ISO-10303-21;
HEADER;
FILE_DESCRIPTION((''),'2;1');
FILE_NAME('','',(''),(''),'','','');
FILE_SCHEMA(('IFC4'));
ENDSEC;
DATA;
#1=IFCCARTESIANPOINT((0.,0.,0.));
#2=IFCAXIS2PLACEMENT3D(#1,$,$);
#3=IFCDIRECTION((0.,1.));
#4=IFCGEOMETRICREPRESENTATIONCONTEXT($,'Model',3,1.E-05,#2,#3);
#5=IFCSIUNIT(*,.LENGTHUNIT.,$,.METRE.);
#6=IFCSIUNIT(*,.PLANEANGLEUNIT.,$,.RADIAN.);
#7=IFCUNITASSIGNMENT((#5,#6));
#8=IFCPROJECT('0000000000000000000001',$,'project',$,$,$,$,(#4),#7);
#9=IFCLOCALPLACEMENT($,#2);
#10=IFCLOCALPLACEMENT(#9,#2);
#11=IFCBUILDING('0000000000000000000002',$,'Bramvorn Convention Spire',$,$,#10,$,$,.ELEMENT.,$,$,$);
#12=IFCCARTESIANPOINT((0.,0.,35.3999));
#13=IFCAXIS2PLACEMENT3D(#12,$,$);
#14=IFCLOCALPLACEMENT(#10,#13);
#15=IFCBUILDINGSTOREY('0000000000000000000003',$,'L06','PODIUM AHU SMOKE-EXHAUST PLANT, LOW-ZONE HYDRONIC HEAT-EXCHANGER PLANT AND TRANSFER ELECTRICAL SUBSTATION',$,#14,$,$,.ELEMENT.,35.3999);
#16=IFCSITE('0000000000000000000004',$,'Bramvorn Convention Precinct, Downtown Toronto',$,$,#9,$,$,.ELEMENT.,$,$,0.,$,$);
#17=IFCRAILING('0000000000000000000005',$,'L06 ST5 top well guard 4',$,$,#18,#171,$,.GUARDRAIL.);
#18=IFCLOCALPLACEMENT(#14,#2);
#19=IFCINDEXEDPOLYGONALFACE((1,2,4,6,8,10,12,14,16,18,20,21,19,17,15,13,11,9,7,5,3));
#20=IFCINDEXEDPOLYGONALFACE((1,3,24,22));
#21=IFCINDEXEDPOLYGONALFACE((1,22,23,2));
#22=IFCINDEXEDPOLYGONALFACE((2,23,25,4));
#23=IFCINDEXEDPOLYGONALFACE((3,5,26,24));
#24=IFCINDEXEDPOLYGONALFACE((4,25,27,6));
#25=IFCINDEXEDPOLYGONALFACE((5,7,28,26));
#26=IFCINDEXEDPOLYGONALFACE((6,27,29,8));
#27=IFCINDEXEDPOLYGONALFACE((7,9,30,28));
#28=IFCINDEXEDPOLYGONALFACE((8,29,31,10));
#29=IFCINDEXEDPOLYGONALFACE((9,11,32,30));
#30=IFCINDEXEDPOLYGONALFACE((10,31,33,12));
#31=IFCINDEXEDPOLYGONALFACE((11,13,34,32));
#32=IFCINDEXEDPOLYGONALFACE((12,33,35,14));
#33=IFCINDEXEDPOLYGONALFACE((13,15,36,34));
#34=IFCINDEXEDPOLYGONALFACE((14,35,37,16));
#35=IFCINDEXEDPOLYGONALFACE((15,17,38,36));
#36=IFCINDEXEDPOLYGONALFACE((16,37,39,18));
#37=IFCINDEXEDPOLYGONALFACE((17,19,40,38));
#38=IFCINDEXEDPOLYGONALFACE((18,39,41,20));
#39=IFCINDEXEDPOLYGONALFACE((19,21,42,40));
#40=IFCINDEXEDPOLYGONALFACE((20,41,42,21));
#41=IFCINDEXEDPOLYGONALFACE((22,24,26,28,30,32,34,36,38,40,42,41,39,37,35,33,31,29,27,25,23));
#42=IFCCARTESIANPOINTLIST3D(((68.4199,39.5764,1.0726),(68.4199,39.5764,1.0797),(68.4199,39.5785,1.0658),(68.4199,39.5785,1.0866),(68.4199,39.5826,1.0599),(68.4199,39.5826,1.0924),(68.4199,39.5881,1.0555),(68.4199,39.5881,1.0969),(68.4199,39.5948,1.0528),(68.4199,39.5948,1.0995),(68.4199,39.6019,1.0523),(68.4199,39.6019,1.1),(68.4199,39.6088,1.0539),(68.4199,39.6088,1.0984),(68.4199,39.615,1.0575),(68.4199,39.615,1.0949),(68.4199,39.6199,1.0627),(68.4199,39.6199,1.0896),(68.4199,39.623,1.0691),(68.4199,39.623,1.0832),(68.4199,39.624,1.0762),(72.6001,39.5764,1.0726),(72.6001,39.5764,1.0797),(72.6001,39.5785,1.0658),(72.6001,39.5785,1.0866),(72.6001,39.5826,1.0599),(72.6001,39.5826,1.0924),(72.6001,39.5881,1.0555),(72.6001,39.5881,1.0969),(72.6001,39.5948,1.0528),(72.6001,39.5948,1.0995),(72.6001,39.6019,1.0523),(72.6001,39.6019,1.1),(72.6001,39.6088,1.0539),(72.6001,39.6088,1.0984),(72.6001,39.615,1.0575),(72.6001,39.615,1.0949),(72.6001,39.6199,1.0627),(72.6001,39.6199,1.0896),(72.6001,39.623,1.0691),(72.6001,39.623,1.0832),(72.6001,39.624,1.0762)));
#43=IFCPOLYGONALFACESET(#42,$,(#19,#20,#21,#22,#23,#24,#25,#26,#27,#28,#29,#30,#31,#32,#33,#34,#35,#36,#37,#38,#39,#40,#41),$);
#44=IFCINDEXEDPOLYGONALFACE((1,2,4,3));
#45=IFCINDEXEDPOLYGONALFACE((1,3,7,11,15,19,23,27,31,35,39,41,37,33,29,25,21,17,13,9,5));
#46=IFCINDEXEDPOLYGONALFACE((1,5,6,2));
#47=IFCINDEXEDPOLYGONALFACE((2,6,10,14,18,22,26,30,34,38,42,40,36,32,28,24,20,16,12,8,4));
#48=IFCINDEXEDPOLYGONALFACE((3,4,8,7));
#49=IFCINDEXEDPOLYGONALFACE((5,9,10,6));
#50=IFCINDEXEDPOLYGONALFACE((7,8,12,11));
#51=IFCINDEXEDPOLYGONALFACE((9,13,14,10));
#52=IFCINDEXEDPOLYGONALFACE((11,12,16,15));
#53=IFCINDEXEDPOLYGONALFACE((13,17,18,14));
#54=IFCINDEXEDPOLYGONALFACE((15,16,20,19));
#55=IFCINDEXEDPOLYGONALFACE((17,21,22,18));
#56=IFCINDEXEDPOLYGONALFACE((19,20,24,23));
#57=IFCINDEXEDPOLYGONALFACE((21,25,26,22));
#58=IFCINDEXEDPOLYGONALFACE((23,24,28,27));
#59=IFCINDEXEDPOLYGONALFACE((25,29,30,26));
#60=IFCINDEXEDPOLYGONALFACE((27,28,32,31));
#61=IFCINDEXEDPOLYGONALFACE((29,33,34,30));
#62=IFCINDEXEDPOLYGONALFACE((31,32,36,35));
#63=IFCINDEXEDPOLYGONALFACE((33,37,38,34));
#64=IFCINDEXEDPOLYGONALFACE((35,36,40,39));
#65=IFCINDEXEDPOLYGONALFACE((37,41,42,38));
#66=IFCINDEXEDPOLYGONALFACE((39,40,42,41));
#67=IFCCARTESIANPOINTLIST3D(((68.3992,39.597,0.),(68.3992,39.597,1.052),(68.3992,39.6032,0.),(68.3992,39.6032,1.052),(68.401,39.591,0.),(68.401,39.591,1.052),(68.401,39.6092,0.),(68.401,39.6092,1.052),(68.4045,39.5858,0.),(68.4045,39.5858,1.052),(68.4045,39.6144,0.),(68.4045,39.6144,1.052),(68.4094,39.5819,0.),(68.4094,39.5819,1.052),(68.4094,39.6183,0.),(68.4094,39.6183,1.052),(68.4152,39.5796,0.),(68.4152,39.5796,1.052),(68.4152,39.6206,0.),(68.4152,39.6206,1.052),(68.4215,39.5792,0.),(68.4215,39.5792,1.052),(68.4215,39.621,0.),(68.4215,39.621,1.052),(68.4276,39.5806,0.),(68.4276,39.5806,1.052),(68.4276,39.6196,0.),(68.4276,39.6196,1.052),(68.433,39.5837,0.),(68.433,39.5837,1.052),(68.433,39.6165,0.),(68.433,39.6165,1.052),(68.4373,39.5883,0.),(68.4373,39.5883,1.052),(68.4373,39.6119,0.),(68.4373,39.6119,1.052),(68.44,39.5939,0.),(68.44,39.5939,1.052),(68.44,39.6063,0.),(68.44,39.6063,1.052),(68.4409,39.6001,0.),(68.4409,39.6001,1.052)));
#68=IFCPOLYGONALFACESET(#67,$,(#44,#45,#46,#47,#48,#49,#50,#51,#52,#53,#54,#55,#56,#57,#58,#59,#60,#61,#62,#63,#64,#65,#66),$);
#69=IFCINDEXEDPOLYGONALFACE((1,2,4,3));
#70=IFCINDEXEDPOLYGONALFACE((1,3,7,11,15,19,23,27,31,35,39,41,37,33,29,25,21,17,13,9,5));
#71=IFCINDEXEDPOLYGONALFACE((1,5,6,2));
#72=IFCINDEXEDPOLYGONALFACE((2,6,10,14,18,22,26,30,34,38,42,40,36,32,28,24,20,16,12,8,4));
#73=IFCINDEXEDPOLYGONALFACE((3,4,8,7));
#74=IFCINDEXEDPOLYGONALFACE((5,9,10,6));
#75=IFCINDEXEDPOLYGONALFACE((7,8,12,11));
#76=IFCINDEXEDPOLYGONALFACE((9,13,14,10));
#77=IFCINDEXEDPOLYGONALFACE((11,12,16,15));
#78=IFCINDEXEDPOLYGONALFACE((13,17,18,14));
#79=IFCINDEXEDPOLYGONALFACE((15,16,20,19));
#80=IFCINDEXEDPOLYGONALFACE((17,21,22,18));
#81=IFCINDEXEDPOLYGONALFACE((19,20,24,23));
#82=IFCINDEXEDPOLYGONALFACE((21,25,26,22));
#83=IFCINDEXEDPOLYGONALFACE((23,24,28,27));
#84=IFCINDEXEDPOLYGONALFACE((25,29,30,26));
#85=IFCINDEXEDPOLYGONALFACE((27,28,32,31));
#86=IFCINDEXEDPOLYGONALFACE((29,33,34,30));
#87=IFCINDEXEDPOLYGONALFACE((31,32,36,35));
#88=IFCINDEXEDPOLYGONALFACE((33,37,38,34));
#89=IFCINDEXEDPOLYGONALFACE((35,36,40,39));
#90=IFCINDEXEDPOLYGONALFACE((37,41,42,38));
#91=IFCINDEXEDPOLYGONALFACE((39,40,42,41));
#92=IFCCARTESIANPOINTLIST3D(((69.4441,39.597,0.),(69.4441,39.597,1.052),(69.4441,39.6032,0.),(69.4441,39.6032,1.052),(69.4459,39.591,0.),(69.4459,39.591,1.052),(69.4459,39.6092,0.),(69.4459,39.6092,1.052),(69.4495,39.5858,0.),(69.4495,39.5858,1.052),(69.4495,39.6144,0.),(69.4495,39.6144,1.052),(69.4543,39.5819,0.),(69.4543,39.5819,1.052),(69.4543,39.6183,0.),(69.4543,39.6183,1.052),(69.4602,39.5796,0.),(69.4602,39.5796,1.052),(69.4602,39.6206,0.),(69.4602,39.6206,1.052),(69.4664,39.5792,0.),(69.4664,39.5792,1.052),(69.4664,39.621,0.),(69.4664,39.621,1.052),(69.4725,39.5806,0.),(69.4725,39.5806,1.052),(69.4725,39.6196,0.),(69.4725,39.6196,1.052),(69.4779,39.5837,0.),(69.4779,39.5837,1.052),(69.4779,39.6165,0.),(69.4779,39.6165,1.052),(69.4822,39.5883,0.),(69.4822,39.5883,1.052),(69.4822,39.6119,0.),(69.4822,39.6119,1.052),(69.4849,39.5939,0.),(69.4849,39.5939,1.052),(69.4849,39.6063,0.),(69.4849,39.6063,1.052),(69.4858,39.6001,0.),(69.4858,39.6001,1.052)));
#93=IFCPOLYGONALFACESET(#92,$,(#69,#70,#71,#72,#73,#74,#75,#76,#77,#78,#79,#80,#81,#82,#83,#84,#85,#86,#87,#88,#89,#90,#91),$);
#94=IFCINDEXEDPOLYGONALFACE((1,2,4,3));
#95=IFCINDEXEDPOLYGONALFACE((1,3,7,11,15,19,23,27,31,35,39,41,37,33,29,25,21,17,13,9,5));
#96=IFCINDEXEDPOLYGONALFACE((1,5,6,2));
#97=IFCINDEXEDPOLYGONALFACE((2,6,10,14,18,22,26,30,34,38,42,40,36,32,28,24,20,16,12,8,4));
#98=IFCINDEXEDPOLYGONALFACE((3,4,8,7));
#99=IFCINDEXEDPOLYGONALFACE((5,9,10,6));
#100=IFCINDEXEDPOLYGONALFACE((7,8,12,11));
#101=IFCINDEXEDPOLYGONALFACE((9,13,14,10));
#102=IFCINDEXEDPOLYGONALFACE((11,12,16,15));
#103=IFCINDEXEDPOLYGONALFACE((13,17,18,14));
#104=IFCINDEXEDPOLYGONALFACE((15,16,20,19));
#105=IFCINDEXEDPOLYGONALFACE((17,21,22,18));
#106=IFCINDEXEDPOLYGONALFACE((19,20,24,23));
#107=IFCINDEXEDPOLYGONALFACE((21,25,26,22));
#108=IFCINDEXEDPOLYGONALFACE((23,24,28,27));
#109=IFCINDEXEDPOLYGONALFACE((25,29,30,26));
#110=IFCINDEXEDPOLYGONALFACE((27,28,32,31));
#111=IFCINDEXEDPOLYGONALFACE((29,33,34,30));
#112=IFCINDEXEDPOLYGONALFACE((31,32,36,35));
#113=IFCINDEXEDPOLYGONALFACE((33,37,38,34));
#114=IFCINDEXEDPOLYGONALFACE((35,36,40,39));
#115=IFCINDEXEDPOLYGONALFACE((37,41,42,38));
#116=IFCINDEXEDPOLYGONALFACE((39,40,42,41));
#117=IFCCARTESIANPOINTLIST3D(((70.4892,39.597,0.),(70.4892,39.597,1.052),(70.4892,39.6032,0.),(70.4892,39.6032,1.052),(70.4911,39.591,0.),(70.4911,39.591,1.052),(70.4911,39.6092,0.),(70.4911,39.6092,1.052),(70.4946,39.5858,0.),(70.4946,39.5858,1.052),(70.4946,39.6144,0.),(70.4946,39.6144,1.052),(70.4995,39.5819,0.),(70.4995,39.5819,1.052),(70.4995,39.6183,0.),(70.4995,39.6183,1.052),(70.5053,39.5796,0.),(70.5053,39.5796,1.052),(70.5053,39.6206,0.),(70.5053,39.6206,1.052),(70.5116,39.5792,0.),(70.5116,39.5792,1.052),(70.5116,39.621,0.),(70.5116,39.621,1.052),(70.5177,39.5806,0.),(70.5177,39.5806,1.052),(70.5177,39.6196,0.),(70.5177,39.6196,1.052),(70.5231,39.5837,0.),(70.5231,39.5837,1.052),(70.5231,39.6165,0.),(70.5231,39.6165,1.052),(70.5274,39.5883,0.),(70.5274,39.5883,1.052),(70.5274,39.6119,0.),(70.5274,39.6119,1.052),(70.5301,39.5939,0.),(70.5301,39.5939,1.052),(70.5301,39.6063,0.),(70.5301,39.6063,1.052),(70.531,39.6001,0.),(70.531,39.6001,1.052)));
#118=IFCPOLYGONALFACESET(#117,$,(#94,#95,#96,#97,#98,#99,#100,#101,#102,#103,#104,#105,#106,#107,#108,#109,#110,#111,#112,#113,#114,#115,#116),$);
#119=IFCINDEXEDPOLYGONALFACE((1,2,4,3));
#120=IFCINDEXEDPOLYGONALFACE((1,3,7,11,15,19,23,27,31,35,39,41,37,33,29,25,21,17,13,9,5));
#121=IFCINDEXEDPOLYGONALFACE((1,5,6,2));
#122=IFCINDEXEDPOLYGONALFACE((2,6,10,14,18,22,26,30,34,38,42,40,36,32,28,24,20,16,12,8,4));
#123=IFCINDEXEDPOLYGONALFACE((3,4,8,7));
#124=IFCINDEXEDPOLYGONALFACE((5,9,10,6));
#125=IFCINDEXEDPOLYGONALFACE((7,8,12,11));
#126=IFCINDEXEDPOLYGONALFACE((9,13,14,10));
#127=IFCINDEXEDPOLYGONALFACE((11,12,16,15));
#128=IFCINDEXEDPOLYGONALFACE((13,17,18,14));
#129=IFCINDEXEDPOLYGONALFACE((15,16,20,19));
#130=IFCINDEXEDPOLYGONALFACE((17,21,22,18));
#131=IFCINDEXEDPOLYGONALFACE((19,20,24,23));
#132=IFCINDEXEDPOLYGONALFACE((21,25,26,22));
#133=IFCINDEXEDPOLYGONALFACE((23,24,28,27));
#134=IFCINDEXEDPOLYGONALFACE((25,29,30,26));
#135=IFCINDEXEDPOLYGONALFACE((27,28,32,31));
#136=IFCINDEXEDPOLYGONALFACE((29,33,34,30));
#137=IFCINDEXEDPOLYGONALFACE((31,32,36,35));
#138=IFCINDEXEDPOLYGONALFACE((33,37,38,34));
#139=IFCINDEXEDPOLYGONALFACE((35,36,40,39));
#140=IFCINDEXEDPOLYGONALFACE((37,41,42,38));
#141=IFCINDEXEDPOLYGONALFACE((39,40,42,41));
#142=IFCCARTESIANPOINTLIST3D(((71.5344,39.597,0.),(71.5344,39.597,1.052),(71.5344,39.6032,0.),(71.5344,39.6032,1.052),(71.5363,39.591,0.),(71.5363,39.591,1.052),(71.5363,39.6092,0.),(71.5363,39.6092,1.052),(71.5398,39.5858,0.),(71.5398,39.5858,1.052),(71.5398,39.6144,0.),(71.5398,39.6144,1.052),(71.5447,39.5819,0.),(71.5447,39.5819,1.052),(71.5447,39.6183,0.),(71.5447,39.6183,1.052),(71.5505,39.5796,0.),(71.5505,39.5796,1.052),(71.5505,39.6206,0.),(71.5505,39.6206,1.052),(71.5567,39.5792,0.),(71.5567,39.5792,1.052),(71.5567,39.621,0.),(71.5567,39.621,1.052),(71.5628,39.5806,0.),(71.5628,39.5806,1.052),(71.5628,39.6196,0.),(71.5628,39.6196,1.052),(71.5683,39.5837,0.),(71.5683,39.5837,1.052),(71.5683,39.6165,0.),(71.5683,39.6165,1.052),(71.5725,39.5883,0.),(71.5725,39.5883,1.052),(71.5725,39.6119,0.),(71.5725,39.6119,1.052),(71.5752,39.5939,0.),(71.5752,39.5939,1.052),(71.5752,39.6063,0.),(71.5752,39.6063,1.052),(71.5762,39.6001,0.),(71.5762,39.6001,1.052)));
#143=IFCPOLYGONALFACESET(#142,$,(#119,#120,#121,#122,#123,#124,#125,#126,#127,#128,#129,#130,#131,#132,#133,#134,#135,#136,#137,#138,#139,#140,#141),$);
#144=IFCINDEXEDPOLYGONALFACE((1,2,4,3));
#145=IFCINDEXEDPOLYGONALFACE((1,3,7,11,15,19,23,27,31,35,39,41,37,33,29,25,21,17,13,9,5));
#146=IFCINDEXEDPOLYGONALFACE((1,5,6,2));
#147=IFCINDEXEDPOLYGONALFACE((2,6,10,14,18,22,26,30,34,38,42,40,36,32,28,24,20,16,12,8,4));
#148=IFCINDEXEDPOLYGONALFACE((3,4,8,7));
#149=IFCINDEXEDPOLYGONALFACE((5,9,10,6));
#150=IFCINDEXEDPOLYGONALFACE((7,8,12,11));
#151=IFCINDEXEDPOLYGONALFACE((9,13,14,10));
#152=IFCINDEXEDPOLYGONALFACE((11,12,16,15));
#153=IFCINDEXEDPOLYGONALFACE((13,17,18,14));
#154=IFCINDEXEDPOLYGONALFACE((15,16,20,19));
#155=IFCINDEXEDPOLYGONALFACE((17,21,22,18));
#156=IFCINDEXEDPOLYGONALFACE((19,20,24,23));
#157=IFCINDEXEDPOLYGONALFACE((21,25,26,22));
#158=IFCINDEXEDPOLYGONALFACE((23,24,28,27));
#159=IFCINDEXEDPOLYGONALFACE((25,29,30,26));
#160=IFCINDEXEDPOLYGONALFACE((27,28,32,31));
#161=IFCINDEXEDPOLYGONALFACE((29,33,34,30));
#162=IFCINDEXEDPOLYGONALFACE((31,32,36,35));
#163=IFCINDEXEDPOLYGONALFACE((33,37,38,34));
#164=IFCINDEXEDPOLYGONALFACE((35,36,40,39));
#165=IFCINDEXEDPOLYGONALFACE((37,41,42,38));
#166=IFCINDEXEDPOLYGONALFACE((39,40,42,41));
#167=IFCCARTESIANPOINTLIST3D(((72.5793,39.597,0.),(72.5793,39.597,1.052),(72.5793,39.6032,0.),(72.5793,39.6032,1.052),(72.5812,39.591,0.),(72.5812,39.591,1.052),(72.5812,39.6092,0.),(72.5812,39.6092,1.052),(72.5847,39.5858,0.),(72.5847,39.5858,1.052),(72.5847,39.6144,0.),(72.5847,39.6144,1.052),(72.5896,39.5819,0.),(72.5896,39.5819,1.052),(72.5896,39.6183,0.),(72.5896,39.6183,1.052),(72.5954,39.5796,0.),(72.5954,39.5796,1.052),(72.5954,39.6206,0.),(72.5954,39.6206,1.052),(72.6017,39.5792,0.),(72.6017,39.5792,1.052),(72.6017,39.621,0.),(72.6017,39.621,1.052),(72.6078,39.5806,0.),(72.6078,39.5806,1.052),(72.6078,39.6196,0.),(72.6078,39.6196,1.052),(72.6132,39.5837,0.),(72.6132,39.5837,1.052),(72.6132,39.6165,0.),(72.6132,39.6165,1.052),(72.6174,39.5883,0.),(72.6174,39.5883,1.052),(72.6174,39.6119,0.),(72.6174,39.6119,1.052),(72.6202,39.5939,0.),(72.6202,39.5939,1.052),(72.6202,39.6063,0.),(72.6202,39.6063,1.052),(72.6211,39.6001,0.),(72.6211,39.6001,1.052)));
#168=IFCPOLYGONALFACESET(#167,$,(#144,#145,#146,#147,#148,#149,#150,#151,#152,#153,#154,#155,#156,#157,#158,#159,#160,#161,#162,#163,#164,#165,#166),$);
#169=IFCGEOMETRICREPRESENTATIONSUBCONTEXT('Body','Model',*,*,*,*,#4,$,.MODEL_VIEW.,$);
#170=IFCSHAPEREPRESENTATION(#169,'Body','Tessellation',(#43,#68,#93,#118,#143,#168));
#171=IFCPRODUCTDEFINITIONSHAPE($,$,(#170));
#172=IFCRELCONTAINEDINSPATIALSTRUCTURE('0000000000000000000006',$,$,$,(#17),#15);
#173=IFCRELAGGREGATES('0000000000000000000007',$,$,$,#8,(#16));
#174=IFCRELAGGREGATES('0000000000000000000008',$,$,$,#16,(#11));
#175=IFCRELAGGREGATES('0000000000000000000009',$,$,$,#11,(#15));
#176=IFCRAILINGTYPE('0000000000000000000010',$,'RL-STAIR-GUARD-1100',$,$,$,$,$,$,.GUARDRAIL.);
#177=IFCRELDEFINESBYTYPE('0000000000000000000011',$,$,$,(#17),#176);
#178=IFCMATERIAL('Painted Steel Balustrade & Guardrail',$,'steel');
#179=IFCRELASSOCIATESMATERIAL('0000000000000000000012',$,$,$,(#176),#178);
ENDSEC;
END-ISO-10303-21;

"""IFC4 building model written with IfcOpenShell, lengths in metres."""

from ifc_helpers import new_model, si_unit, direction, frame, origin, origin_2d, place, context, subcontext, project, spatial, circle, extrude, material, type_object, element, save


model = new_model("IFC4")

# Units and contexts
model_context = context("Model", 3, precision=1e-05, world=origin(), true_north=direction((0.0, 1.0)))
body_context = subcontext(model_context, "Body", "Model", "MODEL_VIEW")
ifc_project = project(units=[si_unit("LENGTHUNIT", "METRE"), si_unit("PLANEANGLEUNIT", "RADIAN")], contexts=[model_context])

# Site, building, storey
site_placement = place(None, origin())
site = spatial("IfcSite", under=ifc_project, at=site_placement, Name="Bramvorn Convention Precinct, Downtown Toronto", CompositionType="ELEMENT", RefElevation=0.0)
building_placement = place(site_placement, origin())
building = spatial("IfcBuilding", under=site, at=building_placement, Name="Bramvorn Convention Spire", CompositionType="ELEMENT")
storey_placement = place(building_placement, frame((0.0, 0.0, 35.3999)))
storey = spatial("IfcBuildingStorey", under=building, at=storey_placement, Name="L06", Description="PODIUM AHU SMOKE-EXHAUST PLANT, LOW-ZONE HYDRONIC HEAT-EXCHANGER PLANT AND TRANSFER ELECTRICAL SUBSTATION", CompositionType="ELEMENT", Elevation=35.3999)

# Railing
ifc_material_1 = material(Name="Painted Steel Balustrade & Guardrail", Category="steel")
railing_type_1 = type_object("IfcRailingType", Name="RL-STAIR-GUARD-1100", PredefinedType="GUARDRAIL", material=ifc_material_1)
railing_1_placement = place(storey_placement, frame((68.4199, 39.6001, 0.0)))
element("IfcRailing", 1, at=railing_1_placement, inside=storey, type_object=railing_type_1, Name="L06 ST5 top well guard 4", PredefinedType="GUARDRAIL", context=body_context, shape_type="SweptSolid", body=[
    extrude(circle(Radius=0.0239, at=origin_2d()), frame((0.0, 0.0, 1.0762), z_axis=(1.0, 0.0, 0.0), x_axis=(0.0, 1.0, 0.0)), (0.0, 0.0, 1.0), 4.1802),
    extrude(circle(Radius=0.021, at=origin_2d()), origin(), (0.0, 0.0, 1.0), 1.052),
    extrude(circle(Radius=0.021, at=origin_2d()), frame((1.0449, 0.0, 0.0)), (0.0, 0.0, 1.0), 1.052),
    extrude(circle(Radius=0.021, at=origin_2d()), frame((2.0901, 0.0, 0.0)), (0.0, 0.0, 1.0), 1.052),
    extrude(circle(Radius=0.021, at=origin_2d()), frame((3.1353, 0.0, 0.0)), (0.0, 0.0, 1.0), 1.052),
    extrude(circle(Radius=0.021, at=origin_2d()), frame((4.1802, 0.0, 0.0)), (0.0, 0.0, 1.0), 1.052),
])

save(model, "model.ifc")
